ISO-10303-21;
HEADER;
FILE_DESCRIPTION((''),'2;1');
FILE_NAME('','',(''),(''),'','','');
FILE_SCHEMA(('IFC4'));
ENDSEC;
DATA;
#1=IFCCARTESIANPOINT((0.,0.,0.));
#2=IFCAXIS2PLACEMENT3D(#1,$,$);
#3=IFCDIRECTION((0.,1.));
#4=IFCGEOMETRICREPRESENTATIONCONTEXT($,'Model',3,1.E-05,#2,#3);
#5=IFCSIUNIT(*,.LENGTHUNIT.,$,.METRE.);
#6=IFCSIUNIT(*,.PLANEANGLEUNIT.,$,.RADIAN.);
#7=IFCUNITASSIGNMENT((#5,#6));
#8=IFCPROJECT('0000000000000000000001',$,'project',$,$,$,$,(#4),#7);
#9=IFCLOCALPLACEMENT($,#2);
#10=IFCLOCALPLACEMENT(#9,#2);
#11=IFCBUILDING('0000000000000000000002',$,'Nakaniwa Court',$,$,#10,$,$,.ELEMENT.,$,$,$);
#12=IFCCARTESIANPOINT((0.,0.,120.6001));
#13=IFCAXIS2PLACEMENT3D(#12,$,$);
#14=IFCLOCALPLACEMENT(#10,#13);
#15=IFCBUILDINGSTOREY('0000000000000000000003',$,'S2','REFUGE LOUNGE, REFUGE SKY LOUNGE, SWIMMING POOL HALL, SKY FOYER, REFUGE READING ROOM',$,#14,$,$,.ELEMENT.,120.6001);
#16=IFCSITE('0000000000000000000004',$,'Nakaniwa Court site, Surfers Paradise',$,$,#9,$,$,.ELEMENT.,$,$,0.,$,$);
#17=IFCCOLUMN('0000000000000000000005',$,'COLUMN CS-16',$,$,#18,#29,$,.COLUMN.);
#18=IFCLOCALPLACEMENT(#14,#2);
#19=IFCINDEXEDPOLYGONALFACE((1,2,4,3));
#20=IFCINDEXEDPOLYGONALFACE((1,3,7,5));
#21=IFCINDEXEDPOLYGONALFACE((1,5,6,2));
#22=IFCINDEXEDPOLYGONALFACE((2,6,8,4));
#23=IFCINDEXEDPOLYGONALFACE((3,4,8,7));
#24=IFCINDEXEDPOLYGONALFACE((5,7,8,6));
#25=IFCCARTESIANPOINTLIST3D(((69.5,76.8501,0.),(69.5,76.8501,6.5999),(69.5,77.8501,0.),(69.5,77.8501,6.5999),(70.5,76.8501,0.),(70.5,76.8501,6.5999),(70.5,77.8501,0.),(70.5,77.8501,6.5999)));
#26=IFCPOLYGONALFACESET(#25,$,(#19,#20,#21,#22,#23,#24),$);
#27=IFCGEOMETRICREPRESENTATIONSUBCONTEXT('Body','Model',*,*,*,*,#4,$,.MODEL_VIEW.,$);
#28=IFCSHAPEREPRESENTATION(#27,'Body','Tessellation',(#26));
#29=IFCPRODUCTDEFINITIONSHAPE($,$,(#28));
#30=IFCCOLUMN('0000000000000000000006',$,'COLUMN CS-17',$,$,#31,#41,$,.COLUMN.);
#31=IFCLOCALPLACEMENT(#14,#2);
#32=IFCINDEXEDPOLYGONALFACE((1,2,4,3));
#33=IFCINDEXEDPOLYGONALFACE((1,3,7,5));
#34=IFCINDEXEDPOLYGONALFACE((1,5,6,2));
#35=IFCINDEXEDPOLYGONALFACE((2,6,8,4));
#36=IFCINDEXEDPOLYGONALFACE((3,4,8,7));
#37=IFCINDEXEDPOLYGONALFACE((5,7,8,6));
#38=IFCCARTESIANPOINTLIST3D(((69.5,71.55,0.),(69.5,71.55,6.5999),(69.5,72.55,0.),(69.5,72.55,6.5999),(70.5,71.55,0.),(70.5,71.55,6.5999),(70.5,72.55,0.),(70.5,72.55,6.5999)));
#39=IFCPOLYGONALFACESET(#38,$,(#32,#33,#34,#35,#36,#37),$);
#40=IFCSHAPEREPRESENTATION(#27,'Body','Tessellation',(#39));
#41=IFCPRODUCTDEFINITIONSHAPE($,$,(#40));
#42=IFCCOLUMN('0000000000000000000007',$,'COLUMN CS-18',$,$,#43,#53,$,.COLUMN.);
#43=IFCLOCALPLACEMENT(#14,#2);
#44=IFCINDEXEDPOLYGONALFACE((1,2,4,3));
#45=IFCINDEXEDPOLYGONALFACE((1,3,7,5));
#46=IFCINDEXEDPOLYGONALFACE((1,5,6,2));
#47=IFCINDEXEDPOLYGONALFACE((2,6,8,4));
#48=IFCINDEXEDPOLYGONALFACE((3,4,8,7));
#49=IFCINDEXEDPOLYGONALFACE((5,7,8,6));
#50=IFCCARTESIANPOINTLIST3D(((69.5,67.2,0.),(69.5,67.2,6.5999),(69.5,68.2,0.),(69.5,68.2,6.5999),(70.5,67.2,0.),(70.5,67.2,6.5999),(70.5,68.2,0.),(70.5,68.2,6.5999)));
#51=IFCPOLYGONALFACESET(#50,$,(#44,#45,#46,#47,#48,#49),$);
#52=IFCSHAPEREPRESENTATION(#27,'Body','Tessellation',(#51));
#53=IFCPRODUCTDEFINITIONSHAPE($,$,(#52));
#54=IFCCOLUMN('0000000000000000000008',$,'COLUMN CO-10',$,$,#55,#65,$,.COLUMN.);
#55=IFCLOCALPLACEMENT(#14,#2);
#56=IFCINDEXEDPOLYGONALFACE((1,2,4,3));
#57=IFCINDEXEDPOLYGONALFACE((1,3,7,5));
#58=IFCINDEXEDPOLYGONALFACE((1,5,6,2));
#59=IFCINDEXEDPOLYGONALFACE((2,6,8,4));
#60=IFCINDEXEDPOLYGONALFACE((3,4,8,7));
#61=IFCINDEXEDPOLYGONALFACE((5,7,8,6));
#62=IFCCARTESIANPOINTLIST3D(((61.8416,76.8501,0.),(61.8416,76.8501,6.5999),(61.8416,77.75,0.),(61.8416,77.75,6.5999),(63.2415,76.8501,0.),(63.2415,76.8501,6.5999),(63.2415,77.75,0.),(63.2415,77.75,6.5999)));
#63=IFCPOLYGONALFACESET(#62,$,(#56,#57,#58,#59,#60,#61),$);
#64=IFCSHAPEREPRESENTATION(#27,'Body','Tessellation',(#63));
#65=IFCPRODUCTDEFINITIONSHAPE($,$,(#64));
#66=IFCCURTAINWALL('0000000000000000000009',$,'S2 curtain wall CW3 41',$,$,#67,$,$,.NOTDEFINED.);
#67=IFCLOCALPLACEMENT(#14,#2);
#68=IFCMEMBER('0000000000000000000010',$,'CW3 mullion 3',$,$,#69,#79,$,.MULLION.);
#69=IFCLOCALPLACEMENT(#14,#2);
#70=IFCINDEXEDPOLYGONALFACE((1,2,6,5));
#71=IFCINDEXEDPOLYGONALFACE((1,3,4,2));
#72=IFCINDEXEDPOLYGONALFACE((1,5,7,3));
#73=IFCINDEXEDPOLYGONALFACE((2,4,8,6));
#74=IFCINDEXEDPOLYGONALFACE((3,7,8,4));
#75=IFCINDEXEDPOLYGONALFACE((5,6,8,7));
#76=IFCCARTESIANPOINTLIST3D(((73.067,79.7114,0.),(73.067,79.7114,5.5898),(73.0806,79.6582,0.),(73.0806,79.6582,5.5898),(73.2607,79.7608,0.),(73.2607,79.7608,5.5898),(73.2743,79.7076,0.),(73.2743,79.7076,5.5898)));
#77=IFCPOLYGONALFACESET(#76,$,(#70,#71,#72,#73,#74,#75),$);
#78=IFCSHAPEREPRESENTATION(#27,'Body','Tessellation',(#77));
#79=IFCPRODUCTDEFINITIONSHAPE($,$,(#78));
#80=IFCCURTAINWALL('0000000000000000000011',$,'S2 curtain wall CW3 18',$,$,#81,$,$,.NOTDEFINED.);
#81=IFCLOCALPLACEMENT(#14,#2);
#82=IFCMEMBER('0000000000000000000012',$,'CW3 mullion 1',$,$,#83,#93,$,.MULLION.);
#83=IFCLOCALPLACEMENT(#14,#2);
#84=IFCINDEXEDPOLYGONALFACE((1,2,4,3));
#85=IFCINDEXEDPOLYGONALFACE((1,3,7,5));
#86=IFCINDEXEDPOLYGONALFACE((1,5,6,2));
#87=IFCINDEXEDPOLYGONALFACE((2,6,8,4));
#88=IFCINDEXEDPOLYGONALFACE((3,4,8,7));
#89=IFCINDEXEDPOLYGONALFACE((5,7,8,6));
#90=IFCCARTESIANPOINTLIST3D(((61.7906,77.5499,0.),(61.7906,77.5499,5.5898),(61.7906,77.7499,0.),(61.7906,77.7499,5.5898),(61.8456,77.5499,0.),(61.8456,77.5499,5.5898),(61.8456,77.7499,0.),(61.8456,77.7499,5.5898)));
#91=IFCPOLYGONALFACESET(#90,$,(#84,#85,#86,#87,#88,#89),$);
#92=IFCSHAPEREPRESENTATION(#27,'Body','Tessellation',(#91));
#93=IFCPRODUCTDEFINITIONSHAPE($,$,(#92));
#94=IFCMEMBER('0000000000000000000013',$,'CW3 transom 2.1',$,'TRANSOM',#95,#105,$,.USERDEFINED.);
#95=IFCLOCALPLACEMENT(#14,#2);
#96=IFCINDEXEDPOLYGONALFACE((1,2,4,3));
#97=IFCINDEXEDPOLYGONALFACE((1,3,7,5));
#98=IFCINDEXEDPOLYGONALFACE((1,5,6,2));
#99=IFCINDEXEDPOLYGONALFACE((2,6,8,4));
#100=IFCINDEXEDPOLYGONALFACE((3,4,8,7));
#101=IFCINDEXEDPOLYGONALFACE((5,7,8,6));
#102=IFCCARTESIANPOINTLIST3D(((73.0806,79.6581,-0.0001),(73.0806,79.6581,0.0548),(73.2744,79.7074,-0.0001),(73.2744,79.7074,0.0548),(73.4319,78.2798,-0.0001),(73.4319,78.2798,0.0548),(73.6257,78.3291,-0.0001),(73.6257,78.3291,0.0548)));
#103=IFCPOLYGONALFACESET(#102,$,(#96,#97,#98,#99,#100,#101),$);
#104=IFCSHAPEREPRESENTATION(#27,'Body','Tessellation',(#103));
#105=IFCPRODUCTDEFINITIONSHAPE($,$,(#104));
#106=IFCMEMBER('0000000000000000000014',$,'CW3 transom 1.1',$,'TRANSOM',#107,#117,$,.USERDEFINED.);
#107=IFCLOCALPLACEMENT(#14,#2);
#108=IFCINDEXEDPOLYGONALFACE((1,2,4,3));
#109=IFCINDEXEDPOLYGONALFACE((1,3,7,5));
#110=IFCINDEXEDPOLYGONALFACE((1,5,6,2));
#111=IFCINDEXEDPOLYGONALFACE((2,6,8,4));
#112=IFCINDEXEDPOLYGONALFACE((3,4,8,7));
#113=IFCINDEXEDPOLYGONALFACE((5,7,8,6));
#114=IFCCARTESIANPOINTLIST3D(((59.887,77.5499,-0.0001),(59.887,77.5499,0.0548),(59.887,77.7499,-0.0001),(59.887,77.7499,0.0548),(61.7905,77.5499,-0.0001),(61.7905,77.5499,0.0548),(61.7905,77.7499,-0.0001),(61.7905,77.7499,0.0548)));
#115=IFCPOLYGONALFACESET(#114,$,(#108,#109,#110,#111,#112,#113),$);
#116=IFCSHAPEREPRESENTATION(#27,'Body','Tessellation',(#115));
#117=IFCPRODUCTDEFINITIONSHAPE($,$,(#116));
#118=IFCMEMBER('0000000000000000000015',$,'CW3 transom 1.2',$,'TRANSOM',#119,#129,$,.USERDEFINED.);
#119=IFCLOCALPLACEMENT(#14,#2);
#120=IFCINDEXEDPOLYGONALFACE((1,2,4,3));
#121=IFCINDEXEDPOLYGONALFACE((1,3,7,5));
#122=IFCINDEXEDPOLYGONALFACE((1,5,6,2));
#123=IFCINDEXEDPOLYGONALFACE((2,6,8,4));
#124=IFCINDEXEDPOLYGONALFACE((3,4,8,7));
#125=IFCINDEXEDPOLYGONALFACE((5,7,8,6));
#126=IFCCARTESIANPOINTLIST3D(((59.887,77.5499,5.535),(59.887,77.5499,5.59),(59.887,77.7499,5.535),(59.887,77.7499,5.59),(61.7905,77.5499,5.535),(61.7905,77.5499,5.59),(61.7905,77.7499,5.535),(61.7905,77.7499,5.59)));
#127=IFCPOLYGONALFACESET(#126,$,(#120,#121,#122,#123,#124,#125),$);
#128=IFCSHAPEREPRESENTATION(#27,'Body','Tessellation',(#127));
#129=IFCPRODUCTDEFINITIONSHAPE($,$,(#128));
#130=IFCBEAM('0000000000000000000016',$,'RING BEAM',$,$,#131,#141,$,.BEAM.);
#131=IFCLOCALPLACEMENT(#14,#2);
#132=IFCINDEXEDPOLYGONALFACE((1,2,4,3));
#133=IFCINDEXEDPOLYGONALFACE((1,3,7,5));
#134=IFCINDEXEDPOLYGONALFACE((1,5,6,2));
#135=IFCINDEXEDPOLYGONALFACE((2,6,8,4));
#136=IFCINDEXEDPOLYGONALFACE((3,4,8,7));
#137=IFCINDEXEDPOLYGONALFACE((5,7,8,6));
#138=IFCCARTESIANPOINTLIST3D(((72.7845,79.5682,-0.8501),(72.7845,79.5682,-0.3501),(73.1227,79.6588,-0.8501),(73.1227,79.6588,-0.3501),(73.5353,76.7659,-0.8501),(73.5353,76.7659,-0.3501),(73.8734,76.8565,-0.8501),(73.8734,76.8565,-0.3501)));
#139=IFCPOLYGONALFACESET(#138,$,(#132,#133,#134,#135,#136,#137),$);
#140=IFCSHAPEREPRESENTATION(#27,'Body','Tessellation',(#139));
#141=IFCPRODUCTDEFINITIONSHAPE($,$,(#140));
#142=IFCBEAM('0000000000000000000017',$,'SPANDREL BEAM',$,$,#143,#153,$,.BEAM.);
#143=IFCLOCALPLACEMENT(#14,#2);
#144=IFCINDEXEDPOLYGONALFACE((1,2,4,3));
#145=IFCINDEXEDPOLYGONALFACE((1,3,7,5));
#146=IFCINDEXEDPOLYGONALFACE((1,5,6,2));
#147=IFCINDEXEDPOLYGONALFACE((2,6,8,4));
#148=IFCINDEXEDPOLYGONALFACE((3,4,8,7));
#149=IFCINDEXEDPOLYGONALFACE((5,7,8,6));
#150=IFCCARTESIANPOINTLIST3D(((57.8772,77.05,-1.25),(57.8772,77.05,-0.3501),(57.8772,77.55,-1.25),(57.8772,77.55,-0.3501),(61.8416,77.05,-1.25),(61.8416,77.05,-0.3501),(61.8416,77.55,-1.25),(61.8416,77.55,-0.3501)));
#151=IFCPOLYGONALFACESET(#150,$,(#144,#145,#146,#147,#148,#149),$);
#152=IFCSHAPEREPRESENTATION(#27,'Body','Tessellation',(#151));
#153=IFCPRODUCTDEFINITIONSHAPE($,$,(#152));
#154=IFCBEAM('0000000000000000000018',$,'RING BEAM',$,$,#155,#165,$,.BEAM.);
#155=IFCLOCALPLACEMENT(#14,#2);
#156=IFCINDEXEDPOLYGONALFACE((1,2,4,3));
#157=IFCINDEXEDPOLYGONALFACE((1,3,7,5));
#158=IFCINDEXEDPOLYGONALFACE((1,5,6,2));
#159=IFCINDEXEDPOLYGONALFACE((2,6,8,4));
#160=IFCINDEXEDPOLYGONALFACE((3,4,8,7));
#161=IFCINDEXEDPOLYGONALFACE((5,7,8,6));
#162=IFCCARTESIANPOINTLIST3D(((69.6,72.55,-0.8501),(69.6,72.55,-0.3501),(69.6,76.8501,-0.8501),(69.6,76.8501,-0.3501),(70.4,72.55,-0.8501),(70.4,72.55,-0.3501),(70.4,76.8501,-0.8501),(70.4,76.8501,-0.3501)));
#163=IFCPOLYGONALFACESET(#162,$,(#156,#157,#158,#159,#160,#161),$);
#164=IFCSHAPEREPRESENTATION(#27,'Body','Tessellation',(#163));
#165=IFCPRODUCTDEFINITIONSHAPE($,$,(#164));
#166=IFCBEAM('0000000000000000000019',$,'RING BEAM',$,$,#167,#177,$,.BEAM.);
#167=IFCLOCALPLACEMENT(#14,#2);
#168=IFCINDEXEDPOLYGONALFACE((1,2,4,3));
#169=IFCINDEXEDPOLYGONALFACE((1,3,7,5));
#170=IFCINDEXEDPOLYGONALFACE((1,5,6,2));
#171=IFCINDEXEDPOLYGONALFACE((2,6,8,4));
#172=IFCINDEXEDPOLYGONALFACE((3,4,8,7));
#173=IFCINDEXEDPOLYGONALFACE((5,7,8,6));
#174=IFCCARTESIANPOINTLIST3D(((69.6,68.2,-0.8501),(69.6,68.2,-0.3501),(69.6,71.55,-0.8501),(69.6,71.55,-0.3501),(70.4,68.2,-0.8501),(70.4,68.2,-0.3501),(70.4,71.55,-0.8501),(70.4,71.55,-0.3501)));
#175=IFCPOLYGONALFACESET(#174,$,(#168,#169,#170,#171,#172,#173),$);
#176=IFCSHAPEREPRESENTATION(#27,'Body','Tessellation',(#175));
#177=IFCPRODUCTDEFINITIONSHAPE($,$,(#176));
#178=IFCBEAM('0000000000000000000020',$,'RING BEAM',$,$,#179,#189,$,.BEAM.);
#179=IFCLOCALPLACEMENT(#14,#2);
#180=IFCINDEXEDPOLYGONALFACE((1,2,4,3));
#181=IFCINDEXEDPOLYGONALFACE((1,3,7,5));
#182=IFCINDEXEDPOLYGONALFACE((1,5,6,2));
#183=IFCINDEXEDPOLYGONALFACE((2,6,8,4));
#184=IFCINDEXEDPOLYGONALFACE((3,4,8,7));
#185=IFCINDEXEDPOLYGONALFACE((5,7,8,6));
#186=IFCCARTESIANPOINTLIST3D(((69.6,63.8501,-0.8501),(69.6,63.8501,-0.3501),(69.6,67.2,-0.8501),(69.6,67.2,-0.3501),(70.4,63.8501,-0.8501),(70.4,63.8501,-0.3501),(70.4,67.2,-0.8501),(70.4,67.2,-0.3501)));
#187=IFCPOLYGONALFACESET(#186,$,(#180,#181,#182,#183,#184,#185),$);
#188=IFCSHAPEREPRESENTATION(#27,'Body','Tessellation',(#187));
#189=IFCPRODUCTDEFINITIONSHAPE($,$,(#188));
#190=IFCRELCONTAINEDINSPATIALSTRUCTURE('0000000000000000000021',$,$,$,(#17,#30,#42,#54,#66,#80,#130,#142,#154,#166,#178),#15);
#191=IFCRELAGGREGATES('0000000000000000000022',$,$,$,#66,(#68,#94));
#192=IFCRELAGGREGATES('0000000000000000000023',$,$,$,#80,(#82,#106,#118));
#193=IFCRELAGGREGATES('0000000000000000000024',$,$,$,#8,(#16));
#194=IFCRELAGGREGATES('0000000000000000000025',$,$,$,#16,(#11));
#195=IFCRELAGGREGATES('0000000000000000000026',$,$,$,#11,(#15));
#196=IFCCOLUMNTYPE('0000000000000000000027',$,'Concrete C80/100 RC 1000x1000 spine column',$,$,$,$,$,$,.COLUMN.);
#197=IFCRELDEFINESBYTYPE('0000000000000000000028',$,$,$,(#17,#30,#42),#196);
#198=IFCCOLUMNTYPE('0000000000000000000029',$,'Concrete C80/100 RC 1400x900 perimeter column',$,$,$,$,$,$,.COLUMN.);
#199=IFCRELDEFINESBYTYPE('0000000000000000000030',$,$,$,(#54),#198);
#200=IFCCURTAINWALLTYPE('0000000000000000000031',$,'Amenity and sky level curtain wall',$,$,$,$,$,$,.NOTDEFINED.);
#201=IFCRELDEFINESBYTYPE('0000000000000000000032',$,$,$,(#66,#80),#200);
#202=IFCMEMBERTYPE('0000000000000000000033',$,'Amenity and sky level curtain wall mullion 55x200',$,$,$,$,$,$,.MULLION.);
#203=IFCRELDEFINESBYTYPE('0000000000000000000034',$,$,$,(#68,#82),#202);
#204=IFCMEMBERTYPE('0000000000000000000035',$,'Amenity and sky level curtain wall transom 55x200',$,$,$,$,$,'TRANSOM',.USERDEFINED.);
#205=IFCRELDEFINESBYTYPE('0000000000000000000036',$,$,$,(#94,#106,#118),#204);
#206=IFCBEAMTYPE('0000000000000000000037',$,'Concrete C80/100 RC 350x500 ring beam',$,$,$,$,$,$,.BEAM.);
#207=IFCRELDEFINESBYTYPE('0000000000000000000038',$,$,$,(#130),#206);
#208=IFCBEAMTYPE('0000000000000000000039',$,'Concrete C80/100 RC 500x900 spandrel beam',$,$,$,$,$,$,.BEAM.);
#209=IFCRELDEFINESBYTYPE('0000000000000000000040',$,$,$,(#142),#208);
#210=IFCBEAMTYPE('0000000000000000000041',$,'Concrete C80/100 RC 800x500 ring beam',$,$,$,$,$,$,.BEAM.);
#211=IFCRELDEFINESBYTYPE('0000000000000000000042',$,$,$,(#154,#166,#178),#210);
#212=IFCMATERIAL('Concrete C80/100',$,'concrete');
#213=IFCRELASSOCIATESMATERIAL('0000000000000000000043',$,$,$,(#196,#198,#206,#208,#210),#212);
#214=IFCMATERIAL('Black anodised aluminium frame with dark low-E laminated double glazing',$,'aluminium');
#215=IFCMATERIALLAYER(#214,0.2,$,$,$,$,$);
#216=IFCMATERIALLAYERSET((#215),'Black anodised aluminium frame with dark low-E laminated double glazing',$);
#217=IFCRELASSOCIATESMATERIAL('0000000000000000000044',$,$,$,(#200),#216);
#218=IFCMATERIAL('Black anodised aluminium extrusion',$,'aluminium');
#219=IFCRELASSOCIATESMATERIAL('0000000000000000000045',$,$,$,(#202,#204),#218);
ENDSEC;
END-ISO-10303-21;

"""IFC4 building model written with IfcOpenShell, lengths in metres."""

from ifc_helpers import new_model, si_unit, direction, frame, origin, origin_2d, place, context, subcontext, project, spatial, rectangle, extrude, material, layer, layer_set, material_profile, profile_set, type_object, element, aggregate, save


model = new_model("IFC4")

# Units and contexts
model_context = context("Model", 3, precision=1e-05, world=origin(), true_north=direction((0.0, 1.0)))
body_context = subcontext(model_context, "Body", "Model", "MODEL_VIEW")
ifc_project = project(units=[si_unit("LENGTHUNIT", "METRE"), si_unit("PLANEANGLEUNIT", "RADIAN")], contexts=[model_context])

# Site, building, storey
site_placement = place(None, origin())
site = spatial("IfcSite", under=ifc_project, at=site_placement, Name="Nakaniwa Court site, Surfers Paradise", CompositionType="ELEMENT", RefElevation=0.0)
building_placement = place(site_placement, origin())
building = spatial("IfcBuilding", under=site, at=building_placement, Name="Nakaniwa Court", CompositionType="ELEMENT")
storey_placement = place(building_placement, frame((0.0, 0.0, 120.6001)))
storey = spatial("IfcBuildingStorey", under=building, at=storey_placement, Name="S2", Description="REFUGE LOUNGE, REFUGE SKY LOUNGE, SWIMMING POOL HALL, SKY FOYER, REFUGE READING ROOM", CompositionType="ELEMENT", Elevation=120.6001)

# Columns
ifc_material_1 = material(Name="Concrete C80/100", Category="concrete")
ifc_material_profile_1 = material_profile(ifc_material_1, rectangle(XDim=1.0, YDim=1.0, at=origin_2d()), Name="Concrete C80/100 RC 1000x1000 spine column")
ifc_profile_set_1 = profile_set([ifc_material_profile_1], Name="Concrete C80/100")
column_type_1 = type_object("IfcColumnType", Name="Concrete C80/100 RC 1000x1000 spine column", PredefinedType="COLUMN", material=ifc_profile_set_1)
for number, where, z_axis, x_axis, name in (
    (1, (70.0, 77.3501, 0.0), (0.0, 0.0, 1.0), (0.0, -1.0, 0.0), "COLUMN CS-16"),
    (2, (70.0, 72.05, 0.0), (0.0, 0.0, 1.0), (0.0, -1.0, 0.0), "COLUMN CS-17"),
    (3, (70.0, 67.7, 0.0), (0.0, 0.0, 1.0), (0.0, -1.0, 0.0), "COLUMN CS-18"),
):
    element("IfcColumn", number, at=place(storey_placement, frame(where, z_axis=z_axis, x_axis=x_axis)), inside=storey, type_object=column_type_1, Name=name, PredefinedType="COLUMN", context=body_context, shape_type="SweptSolid", body=[
        extrude(rectangle(XDim=1.0, YDim=1.0, at=origin_2d()), origin(), (0.0, 0.0, 1.0), 6.5999),
    ])
ifc_material_profile_2 = material_profile(ifc_material_1, rectangle(XDim=1.3999, YDim=0.8999, at=origin_2d()), Name="Concrete C80/100 RC 1400x900 perimeter column")
ifc_profile_set_2 = profile_set([ifc_material_profile_2], Name="Concrete C80/100")
column_type_2 = type_object("IfcColumnType", Name="Concrete C80/100 RC 1400x900 perimeter column", PredefinedType="COLUMN", material=ifc_profile_set_2)
column_placement = place(storey_placement, frame((62.5415, 77.3, 0.0), z_axis=(0.0, 0.0, 1.0), x_axis=(-1.0, 0.0, 0.0)))
element("IfcColumn", 4, at=column_placement, inside=storey, type_object=column_type_2, Name="COLUMN CO-10", PredefinedType="COLUMN", context=body_context, shape_type="SweptSolid", body=[
    extrude(rectangle(XDim=1.3999, YDim=0.8999, at=origin_2d()), origin(), (0.0, 0.0, 1.0), 6.5999),
])

# Curtain walls, members
ifc_material_2 = material(Name="Black anodised aluminium frame with dark low-E laminated double glazing", Category="aluminium")
ifc_layer_1 = layer(ifc_material_2, 0.2)
ifc_layer_set_1 = layer_set([ifc_layer_1], Name="Black anodised aluminium frame with dark low-E laminated double glazing")
curtain_wall_type = type_object("IfcCurtainWallType", Name="Amenity and sky level curtain wall", PredefinedType="NOTDEFINED", material=ifc_layer_set_1)
curtain_wall_1_placement = place(storey_placement, origin())
curtain_wall_1 = element("IfcCurtainWall", 5, at=curtain_wall_1_placement, inside=storey, type_object=curtain_wall_type, Name="S2 curtain wall CW3 41", PredefinedType="NOTDEFINED")
ifc_material_3 = material(Name="Black anodised aluminium extrusion", Category="aluminium")
ifc_material_profile_3 = material_profile(ifc_material_3, rectangle(XDim=0.2, YDim=0.0549, at=origin_2d()), Name="Amenity and sky level curtain wall mullion 55x200")
ifc_profile_set_3 = profile_set([ifc_material_profile_3], Name="Black anodised aluminium extrusion")
member_type_1 = type_object("IfcMemberType", Name="Amenity and sky level curtain wall mullion 55x200", PredefinedType="MULLION", material=ifc_profile_set_3)
member_1_placement = place(storey_placement, frame((73.1707, 79.7095, 0.0), z_axis=(0.0, 0.0, 1.0), x_axis=(-0.968986, -0.247114, 0.0)))
member_1 = element("IfcMember", 6, at=member_1_placement, type_object=member_type_1, Name="CW3 mullion 3", PredefinedType="MULLION", context=body_context, shape_type="SweptSolid", body=[
    extrude(rectangle(XDim=0.2, YDim=0.0549, at=origin_2d()), origin(), (0.0, 0.0, 1.0), 5.5898),
])
curtain_wall_2_placement = place(storey_placement, origin())
curtain_wall_2 = element("IfcCurtainWall", 7, at=curtain_wall_2_placement, inside=storey, type_object=curtain_wall_type, Name="S2 curtain wall CW3 18", PredefinedType="NOTDEFINED")
member_2_placement = place(storey_placement, frame((61.8181, 77.6499, 0.0), z_axis=(0.0, 0.0, 1.0), x_axis=(0.0, -1.0, 0.0)))
member_2 = element("IfcMember", 8, at=member_2_placement, type_object=member_type_1, Name="CW3 mullion 1", PredefinedType="MULLION", context=body_context, shape_type="SweptSolid", body=[
    extrude(rectangle(XDim=0.2, YDim=0.0549, at=origin_2d()), origin(), (0.0, 0.0, 1.0), 5.5898),
])

# Members
ifc_material_profile_4 = material_profile(ifc_material_3, rectangle(XDim=0.2, YDim=0.0549, at=origin_2d()), Name="Amenity and sky level curtain wall transom 55x200")
ifc_profile_set_4 = profile_set([ifc_material_profile_4], Name="Black anodised aluminium extrusion")
member_type_2 = type_object("IfcMemberType", Name="Amenity and sky level curtain wall transom 55x200", ElementType="TRANSOM", PredefinedType="USERDEFINED", material=ifc_profile_set_4)
member_3_placement = place(storey_placement, frame((73.5288, 78.3044, 0.0273), z_axis=(-0.246975, 0.969022, 0.0), x_axis=(-0.969022, -0.246975, 0.0)))
member_3 = element("IfcMember", 9, at=member_3_placement, type_object=member_type_2, Name="CW3 transom 2.1", ObjectType="TRANSOM", PredefinedType="USERDEFINED", context=body_context, shape_type="SweptSolid", body=[
    extrude(rectangle(XDim=0.2, YDim=0.0549, at=origin_2d()), origin(), (0.0, 0.0, 1.0), 1.4224),
])
member_4_placement = place(storey_placement, frame((61.7905, 77.6499, 0.0273), z_axis=(-1.0, 0.0, 0.0), x_axis=(0.0, -1.0, 0.0)))
member_4 = element("IfcMember", 10, at=member_4_placement, type_object=member_type_2, Name="CW3 transom 1.1", ObjectType="TRANSOM", PredefinedType="USERDEFINED", context=body_context, shape_type="SweptSolid", body=[
    extrude(rectangle(XDim=0.2, YDim=0.0549, at=origin_2d()), origin(), (0.0, 0.0, 1.0), 1.9036),
])
member_5_placement = place(storey_placement, frame((61.7905, 77.6499, 5.5625), z_axis=(-1.0, 0.0, 0.0), x_axis=(0.0, -1.0, 0.0)))
member_5 = element("IfcMember", 11, at=member_5_placement, type_object=member_type_2, Name="CW3 transom 1.2", ObjectType="TRANSOM", PredefinedType="USERDEFINED", context=body_context, shape_type="SweptSolid", body=[
    extrude(rectangle(XDim=0.2, YDim=0.0549, at=origin_2d()), origin(), (0.0, 0.0, 1.0), 1.9036),
])

# Beams
ifc_material_profile_5 = material_profile(ifc_material_1, rectangle(XDim=0.3501, YDim=0.5, at=origin_2d()), Name="Concrete C80/100 RC 350x500 ring beam")
ifc_profile_set_5 = profile_set([ifc_material_profile_5], Name="Concrete C80/100")
beam_type_1 = type_object("IfcBeamType", Name="Concrete C80/100 RC 350x500 ring beam", PredefinedType="BEAM", material=ifc_profile_set_5)
beam_1_placement = place(storey_placement, frame((72.9536, 79.6135, -0.6001), z_axis=(0.258778, -0.965937, 0.0), x_axis=(0.965937, 0.258778, 0.0)))
element("IfcBeam", 12, at=beam_1_placement, inside=storey, type_object=beam_type_1, Name="RING BEAM", PredefinedType="BEAM", context=body_context, shape_type="SweptSolid", body=[
    extrude(rectangle(XDim=0.3501, YDim=0.5, at=origin_2d()), origin(), (0.0, 0.0, 1.0), 2.9011),
])
ifc_material_profile_6 = material_profile(ifc_material_1, rectangle(XDim=0.5, YDim=0.8999, at=origin_2d()), Name="Concrete C80/100 RC 500x900 spandrel beam")
ifc_profile_set_6 = profile_set([ifc_material_profile_6], Name="Concrete C80/100")
beam_type_2 = type_object("IfcBeamType", Name="Concrete C80/100 RC 500x900 spandrel beam", PredefinedType="BEAM", material=ifc_profile_set_6)
beam_2_placement = place(storey_placement, frame((61.8416, 77.3, -0.8), z_axis=(-1.0, 0.0, 0.0), x_axis=(0.0, -1.0, 0.0)))
element("IfcBeam", 13, at=beam_2_placement, inside=storey, type_object=beam_type_2, Name="SPANDREL BEAM", PredefinedType="BEAM", context=body_context, shape_type="SweptSolid", body=[
    extrude(rectangle(XDim=0.5, YDim=0.8999, at=origin_2d()), origin(), (0.0, 0.0, 1.0), 3.9644),
])
ifc_material_profile_7 = material_profile(ifc_material_1, rectangle(XDim=0.8, YDim=0.5, at=origin_2d()), Name="Concrete C80/100 RC 800x500 ring beam")
ifc_profile_set_7 = profile_set([ifc_material_profile_7], Name="Concrete C80/100")
beam_type_3 = type_object("IfcBeamType", Name="Concrete C80/100 RC 800x500 ring beam", PredefinedType="BEAM", material=ifc_profile_set_7)
beam_3_placement = place(storey_placement, frame((70.0, 76.8501, -0.6001), z_axis=(0.0, -1.0, 0.0), x_axis=(1.0, 0.0, 0.0)))
element("IfcBeam", 14, at=beam_3_placement, inside=storey, type_object=beam_type_3, Name="RING BEAM", PredefinedType="BEAM", context=body_context, shape_type="SweptSolid", body=[
    extrude(rectangle(XDim=0.8, YDim=0.5, at=origin_2d()), origin(), (0.0, 0.0, 1.0), 4.3),
])
beam_4_placement = place(storey_placement, frame((70.0, 71.55, -0.6001), z_axis=(0.0, -1.0, 0.0), x_axis=(1.0, 0.0, 0.0)))
element("IfcBeam", 15, at=beam_4_placement, inside=storey, type_object=beam_type_3, Name="RING BEAM", PredefinedType="BEAM", context=body_context, shape_type="SweptSolid", body=[
    extrude(rectangle(XDim=0.8, YDim=0.5, at=origin_2d()), origin(), (0.0, 0.0, 1.0), 3.3501),
])
beam_5_placement = place(storey_placement, frame((70.0, 67.2, -0.6001), z_axis=(0.0, -1.0, 0.0), x_axis=(1.0, 0.0, 0.0)))
element("IfcBeam", 16, at=beam_5_placement, inside=storey, type_object=beam_type_3, Name="RING BEAM", PredefinedType="BEAM", context=body_context, shape_type="SweptSolid", body=[
    extrude(rectangle(XDim=0.8, YDim=0.5, at=origin_2d()), origin(), (0.0, 0.0, 1.0), 3.3499),
])

aggregate(curtain_wall_1, [member_1, member_3])
aggregate(curtain_wall_2, [member_2, member_4, member_5])

save(model, "model.ifc")
